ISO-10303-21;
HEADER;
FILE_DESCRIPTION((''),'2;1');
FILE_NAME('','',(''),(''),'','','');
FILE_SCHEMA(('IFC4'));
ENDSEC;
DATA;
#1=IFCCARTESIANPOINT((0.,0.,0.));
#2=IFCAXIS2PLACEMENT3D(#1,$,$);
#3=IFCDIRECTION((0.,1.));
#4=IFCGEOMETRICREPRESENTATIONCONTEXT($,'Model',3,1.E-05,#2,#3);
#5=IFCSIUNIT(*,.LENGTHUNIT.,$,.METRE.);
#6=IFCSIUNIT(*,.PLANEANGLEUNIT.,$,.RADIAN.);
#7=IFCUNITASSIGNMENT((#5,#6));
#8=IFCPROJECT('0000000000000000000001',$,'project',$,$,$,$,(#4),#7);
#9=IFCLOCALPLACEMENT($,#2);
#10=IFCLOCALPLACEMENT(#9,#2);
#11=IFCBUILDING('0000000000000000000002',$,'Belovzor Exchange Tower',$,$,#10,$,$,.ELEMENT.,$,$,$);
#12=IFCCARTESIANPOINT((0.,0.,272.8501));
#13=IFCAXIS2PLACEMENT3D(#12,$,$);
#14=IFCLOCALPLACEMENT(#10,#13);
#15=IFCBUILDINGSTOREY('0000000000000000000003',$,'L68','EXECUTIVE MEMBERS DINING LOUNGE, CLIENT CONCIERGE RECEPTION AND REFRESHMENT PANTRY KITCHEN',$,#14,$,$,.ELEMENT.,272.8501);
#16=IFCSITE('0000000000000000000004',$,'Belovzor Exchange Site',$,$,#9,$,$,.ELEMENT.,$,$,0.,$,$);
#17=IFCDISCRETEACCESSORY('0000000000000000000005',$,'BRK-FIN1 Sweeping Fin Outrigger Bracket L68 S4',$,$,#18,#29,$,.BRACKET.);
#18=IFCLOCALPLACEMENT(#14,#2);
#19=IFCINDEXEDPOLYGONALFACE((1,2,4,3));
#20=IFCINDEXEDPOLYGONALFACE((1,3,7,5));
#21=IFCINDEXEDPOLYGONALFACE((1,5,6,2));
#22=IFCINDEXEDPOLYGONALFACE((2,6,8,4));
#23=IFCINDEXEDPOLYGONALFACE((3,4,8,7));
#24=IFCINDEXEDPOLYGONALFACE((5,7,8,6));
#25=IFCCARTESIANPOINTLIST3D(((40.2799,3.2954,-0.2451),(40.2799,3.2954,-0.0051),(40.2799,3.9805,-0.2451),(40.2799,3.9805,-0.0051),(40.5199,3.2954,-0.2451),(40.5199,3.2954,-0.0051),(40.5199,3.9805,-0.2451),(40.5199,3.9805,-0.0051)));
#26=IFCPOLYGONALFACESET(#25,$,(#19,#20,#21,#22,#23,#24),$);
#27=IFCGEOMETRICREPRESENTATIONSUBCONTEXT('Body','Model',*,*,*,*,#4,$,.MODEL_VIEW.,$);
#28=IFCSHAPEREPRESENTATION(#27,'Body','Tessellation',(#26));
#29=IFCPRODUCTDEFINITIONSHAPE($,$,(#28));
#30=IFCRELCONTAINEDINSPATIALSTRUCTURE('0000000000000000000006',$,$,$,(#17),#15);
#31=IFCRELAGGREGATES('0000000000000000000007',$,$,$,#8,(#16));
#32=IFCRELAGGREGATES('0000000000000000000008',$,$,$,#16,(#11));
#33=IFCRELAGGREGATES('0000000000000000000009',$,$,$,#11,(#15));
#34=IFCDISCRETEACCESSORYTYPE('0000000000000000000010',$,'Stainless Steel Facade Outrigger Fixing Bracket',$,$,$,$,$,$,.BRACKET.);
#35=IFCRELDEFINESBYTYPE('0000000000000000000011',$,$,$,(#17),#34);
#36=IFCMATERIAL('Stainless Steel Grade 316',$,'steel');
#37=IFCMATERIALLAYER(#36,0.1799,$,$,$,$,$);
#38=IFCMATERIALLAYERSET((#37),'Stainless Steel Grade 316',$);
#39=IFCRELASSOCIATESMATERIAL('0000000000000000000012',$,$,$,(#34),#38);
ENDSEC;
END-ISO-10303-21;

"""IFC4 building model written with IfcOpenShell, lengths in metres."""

from ifc_helpers import new_model, si_unit, direction, frame, origin, origin_2d, place, context, subcontext, project, spatial, rectangle, extrude, material, layer, layer_set, type_object, element, save


model = new_model("IFC4")

# Units and contexts
model_context = context("Model", 3, precision=1e-05, world=origin(), true_north=direction((0.0, 1.0)))
body_context = subcontext(model_context, "Body", "Model", "MODEL_VIEW")
ifc_project = project(units=[si_unit("LENGTHUNIT", "METRE"), si_unit("PLANEANGLEUNIT", "RADIAN")], contexts=[model_context])

# Site, building, storey
site_placement = place(None, origin())
site = spatial("IfcSite", under=ifc_project, at=site_placement, Name="Belovzor Exchange Site", CompositionType="ELEMENT", RefElevation=0.0)
building_placement = place(site_placement, origin())
building = spatial("IfcBuilding", under=site, at=building_placement, Name="Belovzor Exchange Tower", CompositionType="ELEMENT")
storey_placement = place(building_placement, frame((0.0, 0.0, 272.8501)))
storey = spatial("IfcBuildingStorey", under=building, at=storey_placement, Name="L68", Description="EXECUTIVE MEMBERS DINING LOUNGE, CLIENT CONCIERGE RECEPTION AND REFRESHMENT PANTRY KITCHEN", CompositionType="ELEMENT", Elevation=272.8501)

# Discrete accessory
ifc_material_1 = material(Name="Stainless Steel Grade 316", Category="steel")
ifc_layer_1 = layer(ifc_material_1, 0.1799)
ifc_layer_set_1 = layer_set([ifc_layer_1], Name="Stainless Steel Grade 316")
discrete_accessory_type = type_object("IfcDiscreteAccessoryType", Name="Stainless Steel Facade Outrigger Fixing Bracket", PredefinedType="BRACKET", material=ifc_layer_set_1)
for number, where, z_axis, x_axis, name in (
    (1, (40.3999, 3.6379, -0.2451), (0.0, 0.0, 1.0), (0.0, 1.0, 0.0), "BRK-FIN1 Sweeping Fin Outrigger Bracket L68 S4"),
):
    element("IfcDiscreteAccessory", number, at=place(storey_placement, frame(where, z_axis=z_axis, x_axis=x_axis)), inside=storey, type_object=discrete_accessory_type, Name=name, PredefinedType="BRACKET", context=body_context, shape_type="SweptSolid", body=[
        extrude(rectangle(XDim=0.6851, YDim=0.24, at=origin_2d()), origin(), (0.0, 0.0, 1.0), 0.24),
    ])

save(model, "model.ifc")
